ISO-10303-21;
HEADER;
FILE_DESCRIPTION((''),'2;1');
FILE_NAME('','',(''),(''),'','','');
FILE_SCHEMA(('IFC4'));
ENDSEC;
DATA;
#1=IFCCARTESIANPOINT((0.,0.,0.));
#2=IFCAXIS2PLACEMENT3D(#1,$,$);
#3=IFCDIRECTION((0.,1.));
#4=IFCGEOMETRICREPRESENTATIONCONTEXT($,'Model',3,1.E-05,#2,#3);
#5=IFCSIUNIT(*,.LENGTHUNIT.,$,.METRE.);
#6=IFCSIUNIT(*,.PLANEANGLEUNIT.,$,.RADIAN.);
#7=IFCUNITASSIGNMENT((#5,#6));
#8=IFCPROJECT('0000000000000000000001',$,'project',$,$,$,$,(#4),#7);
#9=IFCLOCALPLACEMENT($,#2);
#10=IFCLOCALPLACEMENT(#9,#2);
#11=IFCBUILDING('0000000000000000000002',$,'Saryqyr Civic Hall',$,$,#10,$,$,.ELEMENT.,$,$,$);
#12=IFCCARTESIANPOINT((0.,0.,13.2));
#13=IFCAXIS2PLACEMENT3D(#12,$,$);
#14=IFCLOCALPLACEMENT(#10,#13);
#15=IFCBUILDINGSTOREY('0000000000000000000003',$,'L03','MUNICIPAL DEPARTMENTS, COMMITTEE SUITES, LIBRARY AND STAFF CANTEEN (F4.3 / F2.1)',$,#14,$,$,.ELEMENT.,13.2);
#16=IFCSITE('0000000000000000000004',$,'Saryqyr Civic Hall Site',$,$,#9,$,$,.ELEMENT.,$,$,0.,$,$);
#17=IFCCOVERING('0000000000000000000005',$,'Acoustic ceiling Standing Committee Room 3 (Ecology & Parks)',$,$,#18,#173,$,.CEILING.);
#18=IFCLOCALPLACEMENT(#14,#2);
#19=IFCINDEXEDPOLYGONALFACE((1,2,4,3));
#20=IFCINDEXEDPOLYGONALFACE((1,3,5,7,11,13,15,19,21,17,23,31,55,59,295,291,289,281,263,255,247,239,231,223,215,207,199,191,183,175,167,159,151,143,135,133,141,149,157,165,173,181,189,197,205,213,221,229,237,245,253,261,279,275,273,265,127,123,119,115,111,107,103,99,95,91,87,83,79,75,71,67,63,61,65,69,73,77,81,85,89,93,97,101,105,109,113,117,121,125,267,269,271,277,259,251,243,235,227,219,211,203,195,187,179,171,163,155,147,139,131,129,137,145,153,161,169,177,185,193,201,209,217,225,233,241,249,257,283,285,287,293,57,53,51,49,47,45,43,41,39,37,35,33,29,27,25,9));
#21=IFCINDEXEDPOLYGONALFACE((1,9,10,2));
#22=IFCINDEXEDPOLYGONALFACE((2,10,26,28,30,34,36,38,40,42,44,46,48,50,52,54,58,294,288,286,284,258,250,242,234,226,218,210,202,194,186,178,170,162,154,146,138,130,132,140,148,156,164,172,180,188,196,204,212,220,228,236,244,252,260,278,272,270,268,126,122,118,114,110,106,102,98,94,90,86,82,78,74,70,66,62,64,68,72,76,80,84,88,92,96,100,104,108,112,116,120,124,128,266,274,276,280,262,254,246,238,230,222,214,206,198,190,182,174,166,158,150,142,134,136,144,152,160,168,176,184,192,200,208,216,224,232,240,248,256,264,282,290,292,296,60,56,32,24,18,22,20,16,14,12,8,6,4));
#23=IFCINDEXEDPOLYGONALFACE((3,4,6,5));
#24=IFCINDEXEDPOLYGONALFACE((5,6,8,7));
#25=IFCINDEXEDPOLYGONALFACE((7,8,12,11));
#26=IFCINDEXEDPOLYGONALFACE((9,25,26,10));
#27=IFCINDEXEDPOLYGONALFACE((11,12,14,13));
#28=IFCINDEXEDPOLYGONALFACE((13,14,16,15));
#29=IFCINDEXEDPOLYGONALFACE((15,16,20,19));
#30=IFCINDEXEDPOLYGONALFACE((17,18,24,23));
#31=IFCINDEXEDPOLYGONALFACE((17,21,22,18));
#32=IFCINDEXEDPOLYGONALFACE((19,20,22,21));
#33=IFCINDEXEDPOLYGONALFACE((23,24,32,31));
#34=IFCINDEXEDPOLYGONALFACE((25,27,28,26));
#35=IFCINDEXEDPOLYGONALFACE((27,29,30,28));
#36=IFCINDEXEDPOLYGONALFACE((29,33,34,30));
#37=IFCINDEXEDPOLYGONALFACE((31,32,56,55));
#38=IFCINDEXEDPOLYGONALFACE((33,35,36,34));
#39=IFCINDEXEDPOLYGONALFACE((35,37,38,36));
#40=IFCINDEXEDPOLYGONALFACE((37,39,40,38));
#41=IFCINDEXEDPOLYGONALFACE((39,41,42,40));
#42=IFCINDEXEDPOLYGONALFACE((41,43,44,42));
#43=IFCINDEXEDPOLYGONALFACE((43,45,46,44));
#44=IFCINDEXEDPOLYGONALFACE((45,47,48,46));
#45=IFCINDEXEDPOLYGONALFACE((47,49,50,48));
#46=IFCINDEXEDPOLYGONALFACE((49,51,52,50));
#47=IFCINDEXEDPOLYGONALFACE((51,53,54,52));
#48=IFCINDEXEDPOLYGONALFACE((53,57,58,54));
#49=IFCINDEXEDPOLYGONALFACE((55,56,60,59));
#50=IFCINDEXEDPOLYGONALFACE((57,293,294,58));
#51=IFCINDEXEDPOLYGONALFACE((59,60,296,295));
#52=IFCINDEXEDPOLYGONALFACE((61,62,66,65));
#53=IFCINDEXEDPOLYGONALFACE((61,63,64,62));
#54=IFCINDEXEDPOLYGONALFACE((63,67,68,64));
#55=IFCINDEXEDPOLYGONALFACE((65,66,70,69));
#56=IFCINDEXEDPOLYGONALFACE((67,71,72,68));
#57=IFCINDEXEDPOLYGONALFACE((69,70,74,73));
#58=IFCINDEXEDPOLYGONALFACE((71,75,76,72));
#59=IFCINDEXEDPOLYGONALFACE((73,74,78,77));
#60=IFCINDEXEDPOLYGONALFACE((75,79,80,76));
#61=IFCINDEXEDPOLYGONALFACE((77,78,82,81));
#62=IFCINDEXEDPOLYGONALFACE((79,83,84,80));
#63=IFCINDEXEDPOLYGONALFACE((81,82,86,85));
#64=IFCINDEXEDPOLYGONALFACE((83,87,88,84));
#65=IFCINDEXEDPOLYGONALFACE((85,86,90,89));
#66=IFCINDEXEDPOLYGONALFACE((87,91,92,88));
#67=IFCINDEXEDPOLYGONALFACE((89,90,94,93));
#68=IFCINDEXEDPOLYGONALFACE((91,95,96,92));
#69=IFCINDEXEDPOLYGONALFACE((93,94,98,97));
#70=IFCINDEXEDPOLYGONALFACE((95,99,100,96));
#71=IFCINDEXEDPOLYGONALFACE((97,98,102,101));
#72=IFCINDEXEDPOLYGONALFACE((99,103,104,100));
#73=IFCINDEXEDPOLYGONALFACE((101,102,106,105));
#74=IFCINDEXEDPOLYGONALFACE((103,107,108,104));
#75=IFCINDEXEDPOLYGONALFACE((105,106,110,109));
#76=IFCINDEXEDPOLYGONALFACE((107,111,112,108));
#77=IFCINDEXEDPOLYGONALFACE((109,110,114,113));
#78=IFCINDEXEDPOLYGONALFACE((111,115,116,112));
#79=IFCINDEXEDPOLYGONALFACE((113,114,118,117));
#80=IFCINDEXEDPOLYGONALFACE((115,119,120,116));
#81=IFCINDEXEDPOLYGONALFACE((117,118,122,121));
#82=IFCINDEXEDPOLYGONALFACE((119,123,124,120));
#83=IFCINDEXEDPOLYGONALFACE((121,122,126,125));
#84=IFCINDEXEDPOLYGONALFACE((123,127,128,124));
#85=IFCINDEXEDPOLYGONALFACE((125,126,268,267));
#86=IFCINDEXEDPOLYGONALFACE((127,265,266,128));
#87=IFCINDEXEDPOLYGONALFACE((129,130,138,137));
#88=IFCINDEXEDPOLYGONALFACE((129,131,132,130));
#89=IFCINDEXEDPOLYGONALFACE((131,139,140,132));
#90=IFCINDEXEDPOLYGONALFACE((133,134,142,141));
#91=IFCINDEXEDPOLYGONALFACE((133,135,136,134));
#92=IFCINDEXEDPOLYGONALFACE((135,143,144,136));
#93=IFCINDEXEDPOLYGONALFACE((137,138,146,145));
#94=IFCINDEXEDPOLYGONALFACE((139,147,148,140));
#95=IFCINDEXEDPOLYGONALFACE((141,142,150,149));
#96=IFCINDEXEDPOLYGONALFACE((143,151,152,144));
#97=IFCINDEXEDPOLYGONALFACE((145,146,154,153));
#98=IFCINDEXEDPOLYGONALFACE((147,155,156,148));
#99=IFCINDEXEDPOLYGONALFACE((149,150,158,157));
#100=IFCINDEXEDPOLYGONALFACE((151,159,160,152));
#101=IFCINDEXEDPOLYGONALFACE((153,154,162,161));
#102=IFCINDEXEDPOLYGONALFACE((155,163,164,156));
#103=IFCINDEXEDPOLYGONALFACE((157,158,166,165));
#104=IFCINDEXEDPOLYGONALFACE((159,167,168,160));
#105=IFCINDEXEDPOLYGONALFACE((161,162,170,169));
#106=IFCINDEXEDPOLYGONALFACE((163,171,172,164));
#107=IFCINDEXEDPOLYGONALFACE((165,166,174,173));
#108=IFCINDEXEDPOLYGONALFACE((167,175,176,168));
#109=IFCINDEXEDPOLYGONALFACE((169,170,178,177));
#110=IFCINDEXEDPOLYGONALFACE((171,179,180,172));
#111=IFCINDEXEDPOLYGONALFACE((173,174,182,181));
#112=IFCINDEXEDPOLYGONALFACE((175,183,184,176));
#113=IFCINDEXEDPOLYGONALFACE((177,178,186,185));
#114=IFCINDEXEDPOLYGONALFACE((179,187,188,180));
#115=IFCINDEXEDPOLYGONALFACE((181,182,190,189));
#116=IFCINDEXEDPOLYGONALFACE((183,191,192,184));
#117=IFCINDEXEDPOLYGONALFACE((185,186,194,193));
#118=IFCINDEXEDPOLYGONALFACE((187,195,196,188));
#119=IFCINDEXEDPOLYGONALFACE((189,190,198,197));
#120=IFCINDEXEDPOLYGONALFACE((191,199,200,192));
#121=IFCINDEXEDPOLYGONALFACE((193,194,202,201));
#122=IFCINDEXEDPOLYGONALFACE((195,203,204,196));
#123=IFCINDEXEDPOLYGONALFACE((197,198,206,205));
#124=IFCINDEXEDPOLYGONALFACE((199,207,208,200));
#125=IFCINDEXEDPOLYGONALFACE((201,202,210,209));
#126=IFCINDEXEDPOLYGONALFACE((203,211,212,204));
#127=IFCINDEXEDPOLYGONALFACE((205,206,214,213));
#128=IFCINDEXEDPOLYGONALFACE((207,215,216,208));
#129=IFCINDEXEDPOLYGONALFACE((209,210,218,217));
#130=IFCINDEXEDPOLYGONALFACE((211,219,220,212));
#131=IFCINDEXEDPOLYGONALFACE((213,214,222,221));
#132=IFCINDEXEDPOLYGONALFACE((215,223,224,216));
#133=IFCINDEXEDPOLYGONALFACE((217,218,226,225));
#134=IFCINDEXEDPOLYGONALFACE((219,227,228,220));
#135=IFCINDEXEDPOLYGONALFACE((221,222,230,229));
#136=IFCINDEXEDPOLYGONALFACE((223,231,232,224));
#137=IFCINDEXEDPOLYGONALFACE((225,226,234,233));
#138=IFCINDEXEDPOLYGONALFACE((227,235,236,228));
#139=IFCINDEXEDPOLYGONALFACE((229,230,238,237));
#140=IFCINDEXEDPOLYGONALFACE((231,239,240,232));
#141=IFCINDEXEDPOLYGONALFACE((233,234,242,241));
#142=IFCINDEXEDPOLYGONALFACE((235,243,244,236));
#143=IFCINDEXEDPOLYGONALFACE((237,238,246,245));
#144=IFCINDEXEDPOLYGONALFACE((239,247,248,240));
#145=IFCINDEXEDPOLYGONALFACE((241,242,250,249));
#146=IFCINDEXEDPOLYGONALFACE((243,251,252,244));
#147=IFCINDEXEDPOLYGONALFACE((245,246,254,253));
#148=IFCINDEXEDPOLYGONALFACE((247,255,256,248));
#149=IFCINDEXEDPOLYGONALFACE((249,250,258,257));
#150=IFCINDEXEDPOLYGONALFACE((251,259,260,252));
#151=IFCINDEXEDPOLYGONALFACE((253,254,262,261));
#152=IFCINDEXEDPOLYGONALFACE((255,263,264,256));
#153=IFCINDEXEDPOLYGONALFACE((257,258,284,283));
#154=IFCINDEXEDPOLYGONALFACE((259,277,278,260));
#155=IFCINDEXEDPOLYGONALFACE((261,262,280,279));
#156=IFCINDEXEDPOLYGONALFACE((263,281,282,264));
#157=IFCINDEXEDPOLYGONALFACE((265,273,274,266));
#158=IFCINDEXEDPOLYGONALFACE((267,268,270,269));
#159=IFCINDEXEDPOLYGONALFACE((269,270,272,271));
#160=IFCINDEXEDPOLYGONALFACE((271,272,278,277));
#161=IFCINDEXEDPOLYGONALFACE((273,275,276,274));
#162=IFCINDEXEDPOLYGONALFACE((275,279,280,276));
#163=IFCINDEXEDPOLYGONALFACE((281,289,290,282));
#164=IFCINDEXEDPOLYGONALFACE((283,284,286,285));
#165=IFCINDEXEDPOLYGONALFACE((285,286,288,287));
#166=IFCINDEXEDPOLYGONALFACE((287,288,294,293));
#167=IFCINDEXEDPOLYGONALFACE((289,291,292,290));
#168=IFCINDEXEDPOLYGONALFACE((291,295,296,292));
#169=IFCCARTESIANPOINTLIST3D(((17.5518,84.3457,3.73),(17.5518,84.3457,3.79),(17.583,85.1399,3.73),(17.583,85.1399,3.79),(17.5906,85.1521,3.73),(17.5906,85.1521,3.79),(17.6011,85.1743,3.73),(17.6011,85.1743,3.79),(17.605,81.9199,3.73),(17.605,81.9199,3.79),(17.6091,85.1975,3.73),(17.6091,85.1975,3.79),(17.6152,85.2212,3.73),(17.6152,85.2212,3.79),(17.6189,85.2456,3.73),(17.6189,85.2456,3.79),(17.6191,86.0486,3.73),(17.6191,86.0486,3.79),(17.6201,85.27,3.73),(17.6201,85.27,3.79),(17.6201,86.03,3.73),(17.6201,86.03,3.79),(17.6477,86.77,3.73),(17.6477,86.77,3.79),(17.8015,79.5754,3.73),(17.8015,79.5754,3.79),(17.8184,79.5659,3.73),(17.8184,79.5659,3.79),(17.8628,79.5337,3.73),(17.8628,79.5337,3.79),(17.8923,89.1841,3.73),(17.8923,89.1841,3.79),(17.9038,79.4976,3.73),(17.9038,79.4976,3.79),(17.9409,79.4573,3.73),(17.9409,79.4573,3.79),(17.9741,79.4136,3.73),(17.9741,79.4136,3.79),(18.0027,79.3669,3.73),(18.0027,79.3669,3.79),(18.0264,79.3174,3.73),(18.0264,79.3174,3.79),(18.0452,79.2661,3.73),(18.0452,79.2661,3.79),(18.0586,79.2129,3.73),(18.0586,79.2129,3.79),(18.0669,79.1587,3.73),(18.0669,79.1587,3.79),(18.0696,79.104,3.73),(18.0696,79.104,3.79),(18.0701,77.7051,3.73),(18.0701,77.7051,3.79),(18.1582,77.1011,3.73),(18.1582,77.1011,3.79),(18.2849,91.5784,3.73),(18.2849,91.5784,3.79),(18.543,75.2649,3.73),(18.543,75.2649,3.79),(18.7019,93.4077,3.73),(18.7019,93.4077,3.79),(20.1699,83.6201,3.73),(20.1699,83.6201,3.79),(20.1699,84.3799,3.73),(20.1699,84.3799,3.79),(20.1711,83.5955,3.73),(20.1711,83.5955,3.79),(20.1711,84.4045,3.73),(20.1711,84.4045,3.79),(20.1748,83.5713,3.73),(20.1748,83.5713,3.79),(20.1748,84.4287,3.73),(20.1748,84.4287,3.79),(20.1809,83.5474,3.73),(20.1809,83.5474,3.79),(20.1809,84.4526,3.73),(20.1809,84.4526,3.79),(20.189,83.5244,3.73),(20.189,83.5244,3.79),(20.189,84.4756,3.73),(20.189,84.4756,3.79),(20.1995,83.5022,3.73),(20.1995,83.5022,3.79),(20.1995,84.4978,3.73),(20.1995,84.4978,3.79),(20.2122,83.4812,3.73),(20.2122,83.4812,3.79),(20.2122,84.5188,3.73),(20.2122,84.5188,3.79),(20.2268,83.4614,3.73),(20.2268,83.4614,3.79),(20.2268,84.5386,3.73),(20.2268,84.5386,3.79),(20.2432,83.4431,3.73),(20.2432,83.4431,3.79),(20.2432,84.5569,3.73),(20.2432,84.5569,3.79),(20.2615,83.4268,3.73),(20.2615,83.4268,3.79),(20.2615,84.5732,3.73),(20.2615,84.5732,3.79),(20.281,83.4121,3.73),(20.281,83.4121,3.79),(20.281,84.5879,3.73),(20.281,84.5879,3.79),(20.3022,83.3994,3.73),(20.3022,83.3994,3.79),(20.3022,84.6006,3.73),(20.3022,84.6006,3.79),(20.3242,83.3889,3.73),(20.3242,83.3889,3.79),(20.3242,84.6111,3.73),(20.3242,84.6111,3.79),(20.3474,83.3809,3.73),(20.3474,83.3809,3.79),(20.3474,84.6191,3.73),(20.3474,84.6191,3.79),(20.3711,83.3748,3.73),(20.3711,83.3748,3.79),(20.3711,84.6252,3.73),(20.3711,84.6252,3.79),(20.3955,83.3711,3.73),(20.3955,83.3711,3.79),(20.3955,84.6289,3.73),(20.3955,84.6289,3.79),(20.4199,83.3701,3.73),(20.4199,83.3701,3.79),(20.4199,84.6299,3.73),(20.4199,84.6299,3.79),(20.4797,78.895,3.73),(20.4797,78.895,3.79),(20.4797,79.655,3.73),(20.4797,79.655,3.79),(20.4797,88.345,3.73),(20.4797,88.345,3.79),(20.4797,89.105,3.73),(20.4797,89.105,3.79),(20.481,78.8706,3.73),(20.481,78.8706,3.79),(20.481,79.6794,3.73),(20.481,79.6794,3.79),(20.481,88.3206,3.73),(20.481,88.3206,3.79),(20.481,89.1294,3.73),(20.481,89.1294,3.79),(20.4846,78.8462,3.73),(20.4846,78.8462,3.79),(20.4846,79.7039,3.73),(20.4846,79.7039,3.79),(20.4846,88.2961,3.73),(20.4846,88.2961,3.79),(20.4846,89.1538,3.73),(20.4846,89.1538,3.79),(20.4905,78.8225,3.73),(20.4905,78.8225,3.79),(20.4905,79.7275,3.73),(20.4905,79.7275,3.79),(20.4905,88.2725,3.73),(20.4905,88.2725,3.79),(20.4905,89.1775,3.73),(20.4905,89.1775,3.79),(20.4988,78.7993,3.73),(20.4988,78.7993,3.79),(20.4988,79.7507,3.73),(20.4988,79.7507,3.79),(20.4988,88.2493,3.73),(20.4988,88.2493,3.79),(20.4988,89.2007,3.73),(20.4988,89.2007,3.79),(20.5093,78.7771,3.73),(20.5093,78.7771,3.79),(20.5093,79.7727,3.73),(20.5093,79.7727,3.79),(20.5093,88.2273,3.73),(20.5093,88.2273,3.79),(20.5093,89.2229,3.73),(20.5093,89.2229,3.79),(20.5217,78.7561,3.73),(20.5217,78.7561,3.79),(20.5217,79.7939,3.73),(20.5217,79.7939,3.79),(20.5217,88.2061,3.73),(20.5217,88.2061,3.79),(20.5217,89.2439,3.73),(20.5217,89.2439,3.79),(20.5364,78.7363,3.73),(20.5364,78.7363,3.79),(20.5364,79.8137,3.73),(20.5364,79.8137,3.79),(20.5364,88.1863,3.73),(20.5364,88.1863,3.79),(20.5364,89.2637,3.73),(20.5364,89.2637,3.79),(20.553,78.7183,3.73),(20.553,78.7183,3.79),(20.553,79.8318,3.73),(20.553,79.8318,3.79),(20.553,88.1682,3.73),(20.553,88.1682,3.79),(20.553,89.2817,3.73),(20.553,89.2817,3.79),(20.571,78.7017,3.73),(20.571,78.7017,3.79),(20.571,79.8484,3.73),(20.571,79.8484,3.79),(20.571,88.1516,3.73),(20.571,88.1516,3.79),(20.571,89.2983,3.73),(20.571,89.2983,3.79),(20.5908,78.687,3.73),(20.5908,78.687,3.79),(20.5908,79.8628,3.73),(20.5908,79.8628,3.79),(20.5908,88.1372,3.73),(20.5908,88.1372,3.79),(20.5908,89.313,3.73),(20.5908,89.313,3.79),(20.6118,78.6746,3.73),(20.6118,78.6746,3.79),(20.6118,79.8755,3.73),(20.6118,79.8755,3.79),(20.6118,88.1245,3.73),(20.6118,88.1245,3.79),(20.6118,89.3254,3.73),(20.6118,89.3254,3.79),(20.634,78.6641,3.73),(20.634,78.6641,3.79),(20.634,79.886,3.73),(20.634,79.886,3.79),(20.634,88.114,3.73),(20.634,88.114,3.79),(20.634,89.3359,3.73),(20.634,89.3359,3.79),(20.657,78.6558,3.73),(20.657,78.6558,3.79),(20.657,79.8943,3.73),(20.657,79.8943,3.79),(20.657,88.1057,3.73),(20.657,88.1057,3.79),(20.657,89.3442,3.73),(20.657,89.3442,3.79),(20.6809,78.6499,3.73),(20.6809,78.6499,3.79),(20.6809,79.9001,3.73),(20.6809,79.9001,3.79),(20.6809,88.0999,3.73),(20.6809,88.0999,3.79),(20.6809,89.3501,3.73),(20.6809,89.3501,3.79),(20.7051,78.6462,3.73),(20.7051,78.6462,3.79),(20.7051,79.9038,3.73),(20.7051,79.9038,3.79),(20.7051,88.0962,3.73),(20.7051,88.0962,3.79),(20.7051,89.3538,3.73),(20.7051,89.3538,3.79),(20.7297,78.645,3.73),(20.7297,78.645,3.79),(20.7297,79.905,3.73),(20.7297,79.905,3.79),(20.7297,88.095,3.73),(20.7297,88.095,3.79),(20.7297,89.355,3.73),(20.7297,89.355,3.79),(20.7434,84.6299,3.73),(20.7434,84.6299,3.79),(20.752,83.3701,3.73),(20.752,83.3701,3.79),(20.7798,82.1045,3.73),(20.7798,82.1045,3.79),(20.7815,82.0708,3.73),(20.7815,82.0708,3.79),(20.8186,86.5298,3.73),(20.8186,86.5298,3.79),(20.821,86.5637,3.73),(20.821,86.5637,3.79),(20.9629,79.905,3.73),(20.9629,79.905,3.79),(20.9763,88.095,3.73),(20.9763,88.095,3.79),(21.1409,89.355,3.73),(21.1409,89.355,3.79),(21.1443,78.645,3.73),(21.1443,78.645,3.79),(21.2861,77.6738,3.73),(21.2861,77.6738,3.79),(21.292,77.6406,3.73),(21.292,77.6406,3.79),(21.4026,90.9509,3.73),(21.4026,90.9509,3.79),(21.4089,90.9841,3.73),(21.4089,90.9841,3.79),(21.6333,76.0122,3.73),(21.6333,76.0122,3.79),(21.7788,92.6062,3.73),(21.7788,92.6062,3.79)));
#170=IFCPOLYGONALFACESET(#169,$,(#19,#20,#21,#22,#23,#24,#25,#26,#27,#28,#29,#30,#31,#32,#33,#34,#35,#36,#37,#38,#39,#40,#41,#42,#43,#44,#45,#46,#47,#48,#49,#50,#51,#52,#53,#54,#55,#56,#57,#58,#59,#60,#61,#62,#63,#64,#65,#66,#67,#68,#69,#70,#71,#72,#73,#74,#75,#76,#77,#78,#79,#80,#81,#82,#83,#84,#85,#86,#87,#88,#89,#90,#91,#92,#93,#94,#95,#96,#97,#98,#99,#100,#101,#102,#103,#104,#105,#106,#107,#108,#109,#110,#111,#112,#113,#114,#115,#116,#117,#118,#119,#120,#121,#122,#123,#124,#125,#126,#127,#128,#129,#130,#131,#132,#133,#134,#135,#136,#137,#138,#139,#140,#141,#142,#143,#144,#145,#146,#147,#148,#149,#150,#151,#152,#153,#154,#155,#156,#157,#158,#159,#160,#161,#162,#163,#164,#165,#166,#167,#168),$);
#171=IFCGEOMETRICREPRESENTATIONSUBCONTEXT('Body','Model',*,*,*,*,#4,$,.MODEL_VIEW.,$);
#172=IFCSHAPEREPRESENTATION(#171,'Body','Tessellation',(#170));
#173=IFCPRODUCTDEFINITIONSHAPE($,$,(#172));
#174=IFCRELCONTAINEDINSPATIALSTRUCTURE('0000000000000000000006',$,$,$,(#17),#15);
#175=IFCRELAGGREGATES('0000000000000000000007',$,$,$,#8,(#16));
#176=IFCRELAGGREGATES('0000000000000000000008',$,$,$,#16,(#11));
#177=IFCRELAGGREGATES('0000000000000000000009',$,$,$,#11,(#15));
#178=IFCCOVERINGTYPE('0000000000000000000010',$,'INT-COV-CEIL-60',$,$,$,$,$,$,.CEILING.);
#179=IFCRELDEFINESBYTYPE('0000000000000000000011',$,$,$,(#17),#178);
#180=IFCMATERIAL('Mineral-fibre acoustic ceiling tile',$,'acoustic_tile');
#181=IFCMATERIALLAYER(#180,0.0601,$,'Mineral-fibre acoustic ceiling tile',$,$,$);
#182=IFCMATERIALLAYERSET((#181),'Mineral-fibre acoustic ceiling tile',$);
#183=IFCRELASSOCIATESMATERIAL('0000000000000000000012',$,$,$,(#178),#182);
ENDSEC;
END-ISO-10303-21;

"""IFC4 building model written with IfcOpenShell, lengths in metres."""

from ifc_helpers import new_model, si_unit, direction, frame, origin, place, context, subcontext, project, spatial, polyline, outline, extrude, material, layer, layer_set, type_object, element, save


model = new_model("IFC4")

# Units and contexts
model_context = context("Model", 3, precision=1e-05, world=origin(), true_north=direction((0.0, 1.0)))
body_context = subcontext(model_context, "Body", "Model", "MODEL_VIEW")
ifc_project = project(units=[si_unit("LENGTHUNIT", "METRE"), si_unit("PLANEANGLEUNIT", "RADIAN")], contexts=[model_context])

# Site, building, storey
site_placement = place(None, origin())
site = spatial("IfcSite", under=ifc_project, at=site_placement, Name="Saryqyr Civic Hall Site", CompositionType="ELEMENT", RefElevation=0.0)
building_placement = place(site_placement, origin())
building = spatial("IfcBuilding", under=site, at=building_placement, Name="Saryqyr Civic Hall", CompositionType="ELEMENT")
storey_placement = place(building_placement, frame((0.0, 0.0, 13.2)))
storey = spatial("IfcBuildingStorey", under=building, at=storey_placement, Name="L03", Description="MUNICIPAL DEPARTMENTS, COMMITTEE SUITES, LIBRARY AND STAFF CANTEEN (F4.3 / F2.1)", CompositionType="ELEMENT", Elevation=13.2)

# Covering
ifc_material_1 = material(Name="Mineral-fibre acoustic ceiling tile", Category="acoustic_tile")
ifc_layer_1 = layer(ifc_material_1, 0.0601, Name="Mineral-fibre acoustic ceiling tile")
ifc_layer_set_1 = layer_set([ifc_layer_1], Name="Mineral-fibre acoustic ceiling tile")
covering_type = type_object("IfcCoveringType", Name="INT-COV-CEIL-60", PredefinedType="CEILING", material=ifc_layer_set_1)
covering_1_placement = place(storey_placement, frame((0.0, 0.0, 3.73)))
element("IfcCovering", 1, at=covering_1_placement, inside=storey, type_object=covering_type, Name="Acoustic ceiling Standing Committee Room 3 (Ecology & Parks)", PredefinedType="CEILING", context=body_context, shape_type="SweptSolid", body=[
    extrude(outline(polyline([(17.583, 85.1399), (17.5906, 85.1521), (17.6011, 85.1743), (17.6091, 85.1975), (17.6152, 85.2212), (17.6189, 85.2456), (17.6201, 85.27), (17.6201, 86.03), (17.6191, 86.0486), (17.6477, 86.77), (17.8923, 89.1841), (18.2849, 91.5784), (18.7019, 93.4077), (21.7788, 92.6062), (21.4089, 90.9841), (21.4026, 90.9509), (21.1409, 89.355), (20.7297, 89.355), (20.7051, 89.3538), (20.6809, 89.3501), (20.657, 89.3442), (20.634, 89.3359), (20.6118, 89.3254), (20.5908, 89.313), (20.571, 89.2983), (20.553, 89.2817), (20.5364, 89.2637), (20.5217, 89.2439), (20.5093, 89.2229), (20.4988, 89.2007), (20.4905, 89.1775), (20.4846, 89.1538), (20.481, 89.1294), (20.4797, 89.105), (20.4797, 88.345), (20.481, 88.3206), (20.4846, 88.2961), (20.4905, 88.2725), (20.4988, 88.2493), (20.5093, 88.2273), (20.5217, 88.2061), (20.5364, 88.1863), (20.553, 88.1682), (20.571, 88.1516), (20.5908, 88.1372), (20.6118, 88.1245), (20.634, 88.114), (20.657, 88.1057), (20.6809, 88.0999), (20.7051, 88.0962), (20.7297, 88.095), (20.9763, 88.095), (20.821, 86.5637), (20.8186, 86.5298), (20.7434, 84.6299), (20.4199, 84.6299), (20.3955, 84.6289), (20.3711, 84.6252), (20.3474, 84.6191), (20.3242, 84.6111), (20.3022, 84.6006), (20.281, 84.5879), (20.2615, 84.5732), (20.2432, 84.5569), (20.2268, 84.5386), (20.2122, 84.5188), (20.1995, 84.4978), (20.189, 84.4756), (20.1809, 84.4526), (20.1748, 84.4287), (20.1711, 84.4045), (20.1699, 84.3799), (20.1699, 83.6201), (20.1711, 83.5955), (20.1748, 83.5713), (20.1809, 83.5474), (20.189, 83.5244), (20.1995, 83.5022), (20.2122, 83.4812), (20.2268, 83.4614), (20.2432, 83.4431), (20.2615, 83.4268), (20.281, 83.4121), (20.3022, 83.3994), (20.3242, 83.3889), (20.3474, 83.3809), (20.3711, 83.3748), (20.3955, 83.3711), (20.4199, 83.3701), (20.752, 83.3701), (20.7798, 82.1045), (20.7815, 82.0708), (20.9629, 79.905), (20.7297, 79.905), (20.7051, 79.9038), (20.6809, 79.9001), (20.657, 79.8943), (20.634, 79.886), (20.6118, 79.8755), (20.5908, 79.8628), (20.571, 79.8484), (20.553, 79.8318), (20.5364, 79.8137), (20.5217, 79.7939), (20.5093, 79.7727), (20.4988, 79.7507), (20.4905, 79.7275), (20.4846, 79.7039), (20.481, 79.6794), (20.4797, 79.655), (20.4797, 78.895), (20.481, 78.8706), (20.4846, 78.8462), (20.4905, 78.8225), (20.4988, 78.7993), (20.5093, 78.7771), (20.5217, 78.7561), (20.5364, 78.7363), (20.553, 78.7183), (20.571, 78.7017), (20.5908, 78.687), (20.6118, 78.6746), (20.634, 78.6641), (20.657, 78.6558), (20.6809, 78.6499), (20.7051, 78.6462), (20.7297, 78.645), (21.1443, 78.645), (21.2861, 77.6738), (21.292, 77.6406), (21.6333, 76.0122), (18.543, 75.2649), (18.1582, 77.1011), (18.0701, 77.7051), (18.0696, 79.104), (18.0669, 79.1587), (18.0586, 79.2129), (18.0452, 79.2661), (18.0264, 79.3174), (18.0027, 79.3669), (17.9741, 79.4136), (17.9409, 79.4573), (17.9038, 79.4976), (17.8628, 79.5337), (17.8184, 79.5659), (17.8015, 79.5754), (17.605, 81.9199), (17.5518, 84.3457), (17.583, 85.1399)])), origin(), (0.0, 0.0, 1.0), 0.0601),
])

save(model, "model.ifc")
